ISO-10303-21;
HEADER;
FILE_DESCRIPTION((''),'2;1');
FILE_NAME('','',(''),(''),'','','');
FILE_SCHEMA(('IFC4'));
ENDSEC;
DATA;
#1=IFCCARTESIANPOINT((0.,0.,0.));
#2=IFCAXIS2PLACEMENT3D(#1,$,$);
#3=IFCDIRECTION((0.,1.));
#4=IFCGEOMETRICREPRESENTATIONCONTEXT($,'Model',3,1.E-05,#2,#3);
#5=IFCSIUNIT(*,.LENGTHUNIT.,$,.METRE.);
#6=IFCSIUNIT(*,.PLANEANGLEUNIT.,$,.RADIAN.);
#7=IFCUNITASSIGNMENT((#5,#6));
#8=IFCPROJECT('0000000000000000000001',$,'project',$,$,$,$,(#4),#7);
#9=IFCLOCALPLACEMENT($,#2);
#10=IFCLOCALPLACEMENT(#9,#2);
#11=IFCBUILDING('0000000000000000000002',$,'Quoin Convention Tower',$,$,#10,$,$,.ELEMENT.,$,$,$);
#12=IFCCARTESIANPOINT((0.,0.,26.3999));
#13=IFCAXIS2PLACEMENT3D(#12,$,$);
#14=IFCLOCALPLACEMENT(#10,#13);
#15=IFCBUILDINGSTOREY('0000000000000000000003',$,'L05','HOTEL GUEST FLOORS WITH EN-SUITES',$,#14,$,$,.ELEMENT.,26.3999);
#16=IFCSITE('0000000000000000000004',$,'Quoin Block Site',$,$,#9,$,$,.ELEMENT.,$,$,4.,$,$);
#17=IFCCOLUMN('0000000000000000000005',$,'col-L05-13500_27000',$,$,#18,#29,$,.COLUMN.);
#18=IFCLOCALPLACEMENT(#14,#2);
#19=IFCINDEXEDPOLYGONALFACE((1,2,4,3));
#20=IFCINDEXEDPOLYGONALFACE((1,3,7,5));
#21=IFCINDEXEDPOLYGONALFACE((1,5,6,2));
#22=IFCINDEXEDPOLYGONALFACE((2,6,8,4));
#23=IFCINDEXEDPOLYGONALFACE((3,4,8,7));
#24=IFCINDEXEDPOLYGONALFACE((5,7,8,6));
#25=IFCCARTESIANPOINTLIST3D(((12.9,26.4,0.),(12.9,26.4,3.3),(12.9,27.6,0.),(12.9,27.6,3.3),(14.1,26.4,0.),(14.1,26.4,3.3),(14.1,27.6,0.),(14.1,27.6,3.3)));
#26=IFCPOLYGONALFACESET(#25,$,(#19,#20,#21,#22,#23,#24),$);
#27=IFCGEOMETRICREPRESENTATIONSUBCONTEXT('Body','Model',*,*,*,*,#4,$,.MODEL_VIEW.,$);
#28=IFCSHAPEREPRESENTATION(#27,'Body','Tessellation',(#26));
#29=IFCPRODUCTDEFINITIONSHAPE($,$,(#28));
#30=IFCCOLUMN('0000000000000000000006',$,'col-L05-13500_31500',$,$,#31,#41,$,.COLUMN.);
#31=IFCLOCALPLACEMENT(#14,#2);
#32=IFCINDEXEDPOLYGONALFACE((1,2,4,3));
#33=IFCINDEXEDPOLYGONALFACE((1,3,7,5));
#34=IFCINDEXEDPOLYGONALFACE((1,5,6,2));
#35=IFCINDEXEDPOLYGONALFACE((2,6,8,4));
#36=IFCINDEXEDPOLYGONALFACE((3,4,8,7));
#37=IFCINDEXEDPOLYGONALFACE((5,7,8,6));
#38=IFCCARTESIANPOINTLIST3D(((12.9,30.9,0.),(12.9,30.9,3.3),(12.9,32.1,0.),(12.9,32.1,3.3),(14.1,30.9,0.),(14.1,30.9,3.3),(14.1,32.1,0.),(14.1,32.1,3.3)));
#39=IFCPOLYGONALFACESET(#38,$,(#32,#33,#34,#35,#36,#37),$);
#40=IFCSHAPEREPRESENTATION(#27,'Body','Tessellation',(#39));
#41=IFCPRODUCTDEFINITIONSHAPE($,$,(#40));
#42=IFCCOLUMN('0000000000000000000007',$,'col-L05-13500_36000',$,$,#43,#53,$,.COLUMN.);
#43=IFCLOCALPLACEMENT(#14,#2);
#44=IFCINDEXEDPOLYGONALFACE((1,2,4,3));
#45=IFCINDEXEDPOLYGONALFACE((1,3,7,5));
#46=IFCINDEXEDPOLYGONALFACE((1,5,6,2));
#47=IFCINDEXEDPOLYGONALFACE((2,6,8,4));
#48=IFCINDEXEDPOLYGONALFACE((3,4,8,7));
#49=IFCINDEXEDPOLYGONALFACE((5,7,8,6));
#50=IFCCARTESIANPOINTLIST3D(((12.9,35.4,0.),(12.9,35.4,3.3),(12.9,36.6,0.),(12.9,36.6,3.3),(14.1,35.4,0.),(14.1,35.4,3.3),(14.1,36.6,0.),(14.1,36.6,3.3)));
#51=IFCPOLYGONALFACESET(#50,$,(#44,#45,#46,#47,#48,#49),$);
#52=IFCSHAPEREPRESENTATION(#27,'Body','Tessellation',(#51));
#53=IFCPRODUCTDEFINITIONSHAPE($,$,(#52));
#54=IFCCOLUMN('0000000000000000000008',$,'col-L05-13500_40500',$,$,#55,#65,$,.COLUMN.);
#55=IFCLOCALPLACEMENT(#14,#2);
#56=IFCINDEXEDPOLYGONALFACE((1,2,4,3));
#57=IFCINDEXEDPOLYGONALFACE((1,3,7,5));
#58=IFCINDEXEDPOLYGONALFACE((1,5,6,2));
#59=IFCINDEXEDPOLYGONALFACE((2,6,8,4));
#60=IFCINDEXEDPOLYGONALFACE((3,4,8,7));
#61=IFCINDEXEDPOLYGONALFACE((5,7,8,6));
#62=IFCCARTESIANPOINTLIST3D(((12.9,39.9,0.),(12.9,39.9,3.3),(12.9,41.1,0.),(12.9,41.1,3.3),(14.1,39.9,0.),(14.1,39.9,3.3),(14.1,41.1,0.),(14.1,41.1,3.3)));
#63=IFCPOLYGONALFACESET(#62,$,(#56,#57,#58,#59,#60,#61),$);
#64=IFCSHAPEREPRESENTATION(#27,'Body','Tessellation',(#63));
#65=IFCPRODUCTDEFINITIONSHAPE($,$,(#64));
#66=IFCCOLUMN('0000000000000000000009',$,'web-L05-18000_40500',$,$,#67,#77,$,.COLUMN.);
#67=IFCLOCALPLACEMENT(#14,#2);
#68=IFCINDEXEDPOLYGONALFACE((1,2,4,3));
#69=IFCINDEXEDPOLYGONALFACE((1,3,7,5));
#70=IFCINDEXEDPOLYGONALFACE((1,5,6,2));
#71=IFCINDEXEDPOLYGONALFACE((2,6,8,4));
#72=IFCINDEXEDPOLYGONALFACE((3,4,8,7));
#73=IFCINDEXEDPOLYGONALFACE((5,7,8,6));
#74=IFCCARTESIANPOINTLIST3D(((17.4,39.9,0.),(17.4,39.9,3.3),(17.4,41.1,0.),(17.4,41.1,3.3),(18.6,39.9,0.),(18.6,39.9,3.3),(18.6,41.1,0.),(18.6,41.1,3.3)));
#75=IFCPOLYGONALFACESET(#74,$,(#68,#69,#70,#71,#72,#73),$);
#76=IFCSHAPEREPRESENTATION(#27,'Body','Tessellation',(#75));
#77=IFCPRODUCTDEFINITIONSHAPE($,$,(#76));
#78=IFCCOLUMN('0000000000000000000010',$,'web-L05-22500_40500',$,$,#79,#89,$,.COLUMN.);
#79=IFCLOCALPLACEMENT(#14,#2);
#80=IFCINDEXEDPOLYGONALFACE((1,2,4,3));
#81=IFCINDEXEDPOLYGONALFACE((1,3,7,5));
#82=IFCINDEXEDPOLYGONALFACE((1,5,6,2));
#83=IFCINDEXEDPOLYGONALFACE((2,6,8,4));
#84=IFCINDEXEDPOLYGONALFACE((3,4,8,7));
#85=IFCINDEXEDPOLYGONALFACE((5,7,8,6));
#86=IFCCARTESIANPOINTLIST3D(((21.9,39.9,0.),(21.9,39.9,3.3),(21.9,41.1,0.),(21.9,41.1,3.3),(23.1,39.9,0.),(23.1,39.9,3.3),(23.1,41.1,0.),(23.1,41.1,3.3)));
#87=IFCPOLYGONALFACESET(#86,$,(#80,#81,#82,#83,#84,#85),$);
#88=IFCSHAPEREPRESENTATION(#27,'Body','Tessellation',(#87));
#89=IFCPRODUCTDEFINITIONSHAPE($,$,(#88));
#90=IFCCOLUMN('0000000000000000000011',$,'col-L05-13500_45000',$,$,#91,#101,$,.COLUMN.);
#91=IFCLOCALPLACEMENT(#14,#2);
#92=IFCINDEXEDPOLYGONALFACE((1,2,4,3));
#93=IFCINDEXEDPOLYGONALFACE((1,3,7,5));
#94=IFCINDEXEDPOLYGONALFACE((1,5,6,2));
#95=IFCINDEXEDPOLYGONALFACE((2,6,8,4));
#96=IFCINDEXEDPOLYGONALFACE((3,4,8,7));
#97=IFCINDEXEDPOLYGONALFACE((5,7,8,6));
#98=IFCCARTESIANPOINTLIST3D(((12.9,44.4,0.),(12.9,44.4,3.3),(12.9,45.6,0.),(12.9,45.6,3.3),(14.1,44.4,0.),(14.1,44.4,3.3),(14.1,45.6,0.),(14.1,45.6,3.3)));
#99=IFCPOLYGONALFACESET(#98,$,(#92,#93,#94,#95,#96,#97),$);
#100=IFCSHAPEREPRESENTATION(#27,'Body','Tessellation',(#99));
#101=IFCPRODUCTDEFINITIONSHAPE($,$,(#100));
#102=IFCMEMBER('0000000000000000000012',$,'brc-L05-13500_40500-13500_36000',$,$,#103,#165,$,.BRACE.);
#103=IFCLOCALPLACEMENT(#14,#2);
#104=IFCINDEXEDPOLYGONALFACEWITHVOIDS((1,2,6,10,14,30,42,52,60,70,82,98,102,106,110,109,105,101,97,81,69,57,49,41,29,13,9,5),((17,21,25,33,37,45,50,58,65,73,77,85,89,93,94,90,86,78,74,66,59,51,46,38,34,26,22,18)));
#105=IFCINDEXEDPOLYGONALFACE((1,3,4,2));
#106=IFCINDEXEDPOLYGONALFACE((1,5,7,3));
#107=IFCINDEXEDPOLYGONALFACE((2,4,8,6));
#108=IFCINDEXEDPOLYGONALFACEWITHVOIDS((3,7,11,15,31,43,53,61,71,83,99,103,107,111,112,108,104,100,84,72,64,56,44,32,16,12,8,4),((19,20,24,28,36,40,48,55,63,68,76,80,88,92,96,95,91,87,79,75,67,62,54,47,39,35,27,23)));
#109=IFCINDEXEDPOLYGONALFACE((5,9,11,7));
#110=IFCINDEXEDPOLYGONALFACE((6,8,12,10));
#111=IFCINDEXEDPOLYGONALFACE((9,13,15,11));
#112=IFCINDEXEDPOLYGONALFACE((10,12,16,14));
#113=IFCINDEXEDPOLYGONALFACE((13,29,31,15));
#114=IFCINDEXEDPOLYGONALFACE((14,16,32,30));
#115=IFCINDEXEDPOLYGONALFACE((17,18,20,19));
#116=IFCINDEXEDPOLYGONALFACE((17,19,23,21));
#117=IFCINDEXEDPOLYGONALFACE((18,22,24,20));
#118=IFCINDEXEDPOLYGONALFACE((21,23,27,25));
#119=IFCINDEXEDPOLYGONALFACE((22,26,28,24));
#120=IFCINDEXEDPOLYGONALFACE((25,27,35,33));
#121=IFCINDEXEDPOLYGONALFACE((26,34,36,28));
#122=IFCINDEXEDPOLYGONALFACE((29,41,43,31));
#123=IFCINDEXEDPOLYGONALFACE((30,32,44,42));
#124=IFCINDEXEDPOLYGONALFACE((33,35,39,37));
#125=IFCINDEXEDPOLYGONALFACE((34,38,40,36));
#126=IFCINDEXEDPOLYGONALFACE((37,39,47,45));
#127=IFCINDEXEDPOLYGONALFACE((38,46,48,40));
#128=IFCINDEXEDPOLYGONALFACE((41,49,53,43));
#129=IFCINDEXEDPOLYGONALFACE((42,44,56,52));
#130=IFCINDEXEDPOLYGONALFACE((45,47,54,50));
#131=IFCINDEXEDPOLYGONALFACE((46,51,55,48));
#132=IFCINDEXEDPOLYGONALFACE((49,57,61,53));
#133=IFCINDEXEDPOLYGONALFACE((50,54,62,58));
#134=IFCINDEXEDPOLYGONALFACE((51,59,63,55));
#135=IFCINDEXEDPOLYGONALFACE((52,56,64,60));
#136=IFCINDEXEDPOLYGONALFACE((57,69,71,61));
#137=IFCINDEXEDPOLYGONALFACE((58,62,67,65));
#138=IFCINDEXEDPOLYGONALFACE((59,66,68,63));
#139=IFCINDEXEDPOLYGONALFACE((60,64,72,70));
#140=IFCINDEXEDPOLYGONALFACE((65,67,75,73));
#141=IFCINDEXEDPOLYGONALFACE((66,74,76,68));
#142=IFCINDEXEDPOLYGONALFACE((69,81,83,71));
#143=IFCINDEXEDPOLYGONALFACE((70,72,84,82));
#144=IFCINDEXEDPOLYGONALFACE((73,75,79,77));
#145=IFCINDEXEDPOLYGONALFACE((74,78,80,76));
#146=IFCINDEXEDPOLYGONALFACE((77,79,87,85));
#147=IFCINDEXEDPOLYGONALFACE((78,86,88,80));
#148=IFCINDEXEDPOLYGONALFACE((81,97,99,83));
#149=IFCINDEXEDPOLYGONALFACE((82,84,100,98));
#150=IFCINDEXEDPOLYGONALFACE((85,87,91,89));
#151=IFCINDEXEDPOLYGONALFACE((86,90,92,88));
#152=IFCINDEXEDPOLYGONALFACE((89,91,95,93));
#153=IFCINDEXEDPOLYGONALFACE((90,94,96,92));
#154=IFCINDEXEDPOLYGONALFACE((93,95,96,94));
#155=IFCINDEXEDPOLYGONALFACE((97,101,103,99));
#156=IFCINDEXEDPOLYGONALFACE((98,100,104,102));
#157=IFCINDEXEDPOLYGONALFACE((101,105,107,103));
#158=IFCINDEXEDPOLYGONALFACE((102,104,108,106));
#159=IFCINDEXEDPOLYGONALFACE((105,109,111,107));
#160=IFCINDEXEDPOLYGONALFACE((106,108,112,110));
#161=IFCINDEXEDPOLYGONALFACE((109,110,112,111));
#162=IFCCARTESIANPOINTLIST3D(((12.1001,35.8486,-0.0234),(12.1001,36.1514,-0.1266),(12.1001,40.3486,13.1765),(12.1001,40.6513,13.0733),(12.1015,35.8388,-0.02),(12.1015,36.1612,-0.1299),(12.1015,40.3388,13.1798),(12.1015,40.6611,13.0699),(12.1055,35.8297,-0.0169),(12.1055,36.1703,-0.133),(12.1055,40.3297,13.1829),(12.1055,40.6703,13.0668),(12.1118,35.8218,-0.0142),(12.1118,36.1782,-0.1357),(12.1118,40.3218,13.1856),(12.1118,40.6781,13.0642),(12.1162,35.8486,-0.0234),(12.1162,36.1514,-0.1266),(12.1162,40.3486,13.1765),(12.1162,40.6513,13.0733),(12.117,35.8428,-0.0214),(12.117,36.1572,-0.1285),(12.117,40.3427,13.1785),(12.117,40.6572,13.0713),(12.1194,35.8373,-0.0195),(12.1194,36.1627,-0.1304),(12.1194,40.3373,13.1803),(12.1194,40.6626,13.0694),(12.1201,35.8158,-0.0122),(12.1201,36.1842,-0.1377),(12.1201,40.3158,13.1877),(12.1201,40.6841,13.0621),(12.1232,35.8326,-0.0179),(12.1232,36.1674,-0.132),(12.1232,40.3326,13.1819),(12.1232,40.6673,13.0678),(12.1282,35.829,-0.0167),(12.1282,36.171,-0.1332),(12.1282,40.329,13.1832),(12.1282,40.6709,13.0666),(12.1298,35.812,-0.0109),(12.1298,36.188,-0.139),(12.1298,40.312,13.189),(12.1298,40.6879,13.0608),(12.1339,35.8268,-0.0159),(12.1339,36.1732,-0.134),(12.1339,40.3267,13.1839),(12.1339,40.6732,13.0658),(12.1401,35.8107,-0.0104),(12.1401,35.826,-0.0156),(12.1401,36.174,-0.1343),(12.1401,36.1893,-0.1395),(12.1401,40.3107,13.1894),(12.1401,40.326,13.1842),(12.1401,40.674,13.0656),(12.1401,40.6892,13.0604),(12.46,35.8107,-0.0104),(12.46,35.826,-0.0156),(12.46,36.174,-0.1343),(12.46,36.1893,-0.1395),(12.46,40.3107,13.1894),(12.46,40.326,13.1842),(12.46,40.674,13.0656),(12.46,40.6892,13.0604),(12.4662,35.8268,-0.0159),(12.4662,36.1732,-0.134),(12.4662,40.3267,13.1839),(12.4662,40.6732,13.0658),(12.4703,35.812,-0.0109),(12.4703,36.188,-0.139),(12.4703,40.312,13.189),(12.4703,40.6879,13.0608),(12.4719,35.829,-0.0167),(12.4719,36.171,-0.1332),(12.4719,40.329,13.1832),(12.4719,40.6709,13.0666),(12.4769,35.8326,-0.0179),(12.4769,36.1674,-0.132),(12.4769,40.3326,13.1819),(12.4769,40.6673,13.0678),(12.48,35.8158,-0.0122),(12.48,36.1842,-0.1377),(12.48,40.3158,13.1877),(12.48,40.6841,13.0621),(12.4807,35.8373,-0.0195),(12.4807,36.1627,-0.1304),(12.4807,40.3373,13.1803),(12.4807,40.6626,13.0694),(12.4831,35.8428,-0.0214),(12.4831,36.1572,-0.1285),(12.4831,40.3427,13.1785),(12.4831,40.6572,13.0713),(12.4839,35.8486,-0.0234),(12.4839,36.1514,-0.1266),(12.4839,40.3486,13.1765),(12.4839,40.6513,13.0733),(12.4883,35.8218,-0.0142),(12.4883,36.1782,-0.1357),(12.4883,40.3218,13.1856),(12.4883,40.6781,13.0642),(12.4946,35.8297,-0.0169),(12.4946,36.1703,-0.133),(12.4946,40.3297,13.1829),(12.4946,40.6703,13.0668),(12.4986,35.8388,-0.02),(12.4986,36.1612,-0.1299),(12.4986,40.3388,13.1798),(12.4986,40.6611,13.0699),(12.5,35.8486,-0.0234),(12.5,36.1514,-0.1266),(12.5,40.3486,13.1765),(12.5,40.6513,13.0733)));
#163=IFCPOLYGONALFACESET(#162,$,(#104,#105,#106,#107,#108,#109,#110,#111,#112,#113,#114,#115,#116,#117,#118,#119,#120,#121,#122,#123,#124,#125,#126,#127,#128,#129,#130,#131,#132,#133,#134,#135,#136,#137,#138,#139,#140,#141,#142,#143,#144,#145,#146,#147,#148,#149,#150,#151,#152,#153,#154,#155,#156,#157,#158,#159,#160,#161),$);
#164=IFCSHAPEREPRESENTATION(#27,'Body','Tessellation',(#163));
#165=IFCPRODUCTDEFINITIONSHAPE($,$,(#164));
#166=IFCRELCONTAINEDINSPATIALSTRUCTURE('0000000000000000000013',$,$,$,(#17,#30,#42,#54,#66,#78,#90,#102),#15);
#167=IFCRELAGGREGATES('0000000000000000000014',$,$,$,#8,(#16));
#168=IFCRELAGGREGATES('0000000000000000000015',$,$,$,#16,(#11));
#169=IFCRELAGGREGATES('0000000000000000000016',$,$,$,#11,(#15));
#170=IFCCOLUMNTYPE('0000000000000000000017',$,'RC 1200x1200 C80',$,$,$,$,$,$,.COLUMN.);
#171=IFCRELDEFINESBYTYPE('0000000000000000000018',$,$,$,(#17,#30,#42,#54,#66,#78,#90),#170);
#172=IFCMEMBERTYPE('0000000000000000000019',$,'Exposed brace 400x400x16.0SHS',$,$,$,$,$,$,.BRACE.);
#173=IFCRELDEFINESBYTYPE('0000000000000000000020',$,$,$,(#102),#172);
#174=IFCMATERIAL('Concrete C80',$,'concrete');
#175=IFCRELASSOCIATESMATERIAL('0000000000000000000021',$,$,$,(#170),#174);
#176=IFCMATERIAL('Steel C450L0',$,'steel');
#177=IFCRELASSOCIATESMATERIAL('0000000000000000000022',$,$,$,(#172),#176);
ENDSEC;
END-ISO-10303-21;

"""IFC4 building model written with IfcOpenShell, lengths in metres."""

from ifc_helpers import new_model, si_unit, direction, frame, origin, origin_2d, place, context, subcontext, project, spatial, rectangle, hollow_rectangle, extrude, material, material_profile, profile_set, type_object, element, save


model = new_model("IFC4")

# Units and contexts
model_context = context("Model", 3, precision=1e-05, world=origin(), true_north=direction((0.0, 1.0)))
body_context = subcontext(model_context, "Body", "Model", "MODEL_VIEW")
ifc_project = project(units=[si_unit("LENGTHUNIT", "METRE"), si_unit("PLANEANGLEUNIT", "RADIAN")], contexts=[model_context])

# Site, building, storey
site_placement = place(None, origin())
site = spatial("IfcSite", under=ifc_project, at=site_placement, Name="Quoin Block Site", CompositionType="ELEMENT", RefElevation=4.0)
building_placement = place(site_placement, origin())
building = spatial("IfcBuilding", under=site, at=building_placement, Name="Quoin Convention Tower", CompositionType="ELEMENT")
storey_placement = place(building_placement, frame((0.0, 0.0, 26.3999)))
storey = spatial("IfcBuildingStorey", under=building, at=storey_placement, Name="L05", Description="HOTEL GUEST FLOORS WITH EN-SUITES", CompositionType="ELEMENT", Elevation=26.3999)

# Columns
ifc_material_1 = material(Name="Concrete C80", Category="concrete")
ifc_material_profile_1 = material_profile(ifc_material_1, rectangle(XDim=1.2, YDim=1.2, at=origin_2d()), Name="RC 1200x1200")
ifc_profile_set_1 = profile_set([ifc_material_profile_1], Name="Concrete C80")
column_type = type_object("IfcColumnType", Name="RC 1200x1200 C80", PredefinedType="COLUMN", material=ifc_profile_set_1)
for number, where, z_axis, x_axis, name in (
    (1, (13.5, 27.0, 0.0), (0.0, 0.0, 1.0), (1.0, 0.0, 0.0), "col-L05-13500_27000"),
    (2, (13.5, 31.5, 0.0), (0.0, 0.0, 1.0), (1.0, 0.0, 0.0), "col-L05-13500_31500"),
    (3, (13.5, 36.0, 0.0), (0.0, 0.0, 1.0), (1.0, 0.0, 0.0), "col-L05-13500_36000"),
    (4, (13.5, 40.5, 0.0), (0.0, 0.0, 1.0), (1.0, 0.0, 0.0), "col-L05-13500_40500"),
    (5, (18.0, 40.5, 0.0), (0.0, 0.0, 1.0), (1.0, 0.0, 0.0), "web-L05-18000_40500"),
    (6, (22.5, 40.5, 0.0), (0.0, 0.0, 1.0), (1.0, 0.0, 0.0), "web-L05-22500_40500"),
    (7, (13.5, 45.0, 0.0), (0.0, 0.0, 1.0), (1.0, 0.0, 0.0), "col-L05-13500_45000"),
):
    element("IfcColumn", number, at=place(storey_placement, frame(where, z_axis=z_axis, x_axis=x_axis)), inside=storey, type_object=column_type, Name=name, PredefinedType="COLUMN", context=body_context, shape_type="SweptSolid", body=[
        extrude(rectangle(XDim=1.2, YDim=1.2, at=origin_2d()), origin(), (0.0, 0.0, 1.0), 3.3),
    ])

# Member
ifc_material_2 = material(Name="Steel C450L0", Category="steel")
ifc_material_profile_2 = material_profile(ifc_material_2, hollow_rectangle(XDim=0.3999, YDim=0.3999, WallThickness=0.0161, InnerFilletRadius=0.0239, OuterFilletRadius=0.04, at=origin_2d()), Name="400x400x16.0SHS")
ifc_profile_set_2 = profile_set([ifc_material_profile_2], Name="Steel C450L0")
member_type = type_object("IfcMemberType", Name="Exposed brace 400x400x16.0SHS", PredefinedType="BRACE", material=ifc_profile_set_2)
for number, where, z_axis, x_axis, name in (
    (8, (12.3, 36.0, -0.075), (0.0, 0.322675, 0.94651), (-1.0, 0.0, 0.0), "brc-L05-13500_40500-13500_36000"),
):
    element("IfcMember", number, at=place(storey_placement, frame(where, z_axis=z_axis, x_axis=x_axis)), inside=storey, type_object=member_type, Name=name, PredefinedType="BRACE", context=body_context, shape_type="SweptSolid", body=[
        extrude(hollow_rectangle(XDim=0.3999, YDim=0.3999, WallThickness=0.0161, InnerFilletRadius=0.0239, OuterFilletRadius=0.04, at=origin_2d()), origin(), (0.0, 0.0, 1.0), 13.9458),
    ])

save(model, "model.ifc")
